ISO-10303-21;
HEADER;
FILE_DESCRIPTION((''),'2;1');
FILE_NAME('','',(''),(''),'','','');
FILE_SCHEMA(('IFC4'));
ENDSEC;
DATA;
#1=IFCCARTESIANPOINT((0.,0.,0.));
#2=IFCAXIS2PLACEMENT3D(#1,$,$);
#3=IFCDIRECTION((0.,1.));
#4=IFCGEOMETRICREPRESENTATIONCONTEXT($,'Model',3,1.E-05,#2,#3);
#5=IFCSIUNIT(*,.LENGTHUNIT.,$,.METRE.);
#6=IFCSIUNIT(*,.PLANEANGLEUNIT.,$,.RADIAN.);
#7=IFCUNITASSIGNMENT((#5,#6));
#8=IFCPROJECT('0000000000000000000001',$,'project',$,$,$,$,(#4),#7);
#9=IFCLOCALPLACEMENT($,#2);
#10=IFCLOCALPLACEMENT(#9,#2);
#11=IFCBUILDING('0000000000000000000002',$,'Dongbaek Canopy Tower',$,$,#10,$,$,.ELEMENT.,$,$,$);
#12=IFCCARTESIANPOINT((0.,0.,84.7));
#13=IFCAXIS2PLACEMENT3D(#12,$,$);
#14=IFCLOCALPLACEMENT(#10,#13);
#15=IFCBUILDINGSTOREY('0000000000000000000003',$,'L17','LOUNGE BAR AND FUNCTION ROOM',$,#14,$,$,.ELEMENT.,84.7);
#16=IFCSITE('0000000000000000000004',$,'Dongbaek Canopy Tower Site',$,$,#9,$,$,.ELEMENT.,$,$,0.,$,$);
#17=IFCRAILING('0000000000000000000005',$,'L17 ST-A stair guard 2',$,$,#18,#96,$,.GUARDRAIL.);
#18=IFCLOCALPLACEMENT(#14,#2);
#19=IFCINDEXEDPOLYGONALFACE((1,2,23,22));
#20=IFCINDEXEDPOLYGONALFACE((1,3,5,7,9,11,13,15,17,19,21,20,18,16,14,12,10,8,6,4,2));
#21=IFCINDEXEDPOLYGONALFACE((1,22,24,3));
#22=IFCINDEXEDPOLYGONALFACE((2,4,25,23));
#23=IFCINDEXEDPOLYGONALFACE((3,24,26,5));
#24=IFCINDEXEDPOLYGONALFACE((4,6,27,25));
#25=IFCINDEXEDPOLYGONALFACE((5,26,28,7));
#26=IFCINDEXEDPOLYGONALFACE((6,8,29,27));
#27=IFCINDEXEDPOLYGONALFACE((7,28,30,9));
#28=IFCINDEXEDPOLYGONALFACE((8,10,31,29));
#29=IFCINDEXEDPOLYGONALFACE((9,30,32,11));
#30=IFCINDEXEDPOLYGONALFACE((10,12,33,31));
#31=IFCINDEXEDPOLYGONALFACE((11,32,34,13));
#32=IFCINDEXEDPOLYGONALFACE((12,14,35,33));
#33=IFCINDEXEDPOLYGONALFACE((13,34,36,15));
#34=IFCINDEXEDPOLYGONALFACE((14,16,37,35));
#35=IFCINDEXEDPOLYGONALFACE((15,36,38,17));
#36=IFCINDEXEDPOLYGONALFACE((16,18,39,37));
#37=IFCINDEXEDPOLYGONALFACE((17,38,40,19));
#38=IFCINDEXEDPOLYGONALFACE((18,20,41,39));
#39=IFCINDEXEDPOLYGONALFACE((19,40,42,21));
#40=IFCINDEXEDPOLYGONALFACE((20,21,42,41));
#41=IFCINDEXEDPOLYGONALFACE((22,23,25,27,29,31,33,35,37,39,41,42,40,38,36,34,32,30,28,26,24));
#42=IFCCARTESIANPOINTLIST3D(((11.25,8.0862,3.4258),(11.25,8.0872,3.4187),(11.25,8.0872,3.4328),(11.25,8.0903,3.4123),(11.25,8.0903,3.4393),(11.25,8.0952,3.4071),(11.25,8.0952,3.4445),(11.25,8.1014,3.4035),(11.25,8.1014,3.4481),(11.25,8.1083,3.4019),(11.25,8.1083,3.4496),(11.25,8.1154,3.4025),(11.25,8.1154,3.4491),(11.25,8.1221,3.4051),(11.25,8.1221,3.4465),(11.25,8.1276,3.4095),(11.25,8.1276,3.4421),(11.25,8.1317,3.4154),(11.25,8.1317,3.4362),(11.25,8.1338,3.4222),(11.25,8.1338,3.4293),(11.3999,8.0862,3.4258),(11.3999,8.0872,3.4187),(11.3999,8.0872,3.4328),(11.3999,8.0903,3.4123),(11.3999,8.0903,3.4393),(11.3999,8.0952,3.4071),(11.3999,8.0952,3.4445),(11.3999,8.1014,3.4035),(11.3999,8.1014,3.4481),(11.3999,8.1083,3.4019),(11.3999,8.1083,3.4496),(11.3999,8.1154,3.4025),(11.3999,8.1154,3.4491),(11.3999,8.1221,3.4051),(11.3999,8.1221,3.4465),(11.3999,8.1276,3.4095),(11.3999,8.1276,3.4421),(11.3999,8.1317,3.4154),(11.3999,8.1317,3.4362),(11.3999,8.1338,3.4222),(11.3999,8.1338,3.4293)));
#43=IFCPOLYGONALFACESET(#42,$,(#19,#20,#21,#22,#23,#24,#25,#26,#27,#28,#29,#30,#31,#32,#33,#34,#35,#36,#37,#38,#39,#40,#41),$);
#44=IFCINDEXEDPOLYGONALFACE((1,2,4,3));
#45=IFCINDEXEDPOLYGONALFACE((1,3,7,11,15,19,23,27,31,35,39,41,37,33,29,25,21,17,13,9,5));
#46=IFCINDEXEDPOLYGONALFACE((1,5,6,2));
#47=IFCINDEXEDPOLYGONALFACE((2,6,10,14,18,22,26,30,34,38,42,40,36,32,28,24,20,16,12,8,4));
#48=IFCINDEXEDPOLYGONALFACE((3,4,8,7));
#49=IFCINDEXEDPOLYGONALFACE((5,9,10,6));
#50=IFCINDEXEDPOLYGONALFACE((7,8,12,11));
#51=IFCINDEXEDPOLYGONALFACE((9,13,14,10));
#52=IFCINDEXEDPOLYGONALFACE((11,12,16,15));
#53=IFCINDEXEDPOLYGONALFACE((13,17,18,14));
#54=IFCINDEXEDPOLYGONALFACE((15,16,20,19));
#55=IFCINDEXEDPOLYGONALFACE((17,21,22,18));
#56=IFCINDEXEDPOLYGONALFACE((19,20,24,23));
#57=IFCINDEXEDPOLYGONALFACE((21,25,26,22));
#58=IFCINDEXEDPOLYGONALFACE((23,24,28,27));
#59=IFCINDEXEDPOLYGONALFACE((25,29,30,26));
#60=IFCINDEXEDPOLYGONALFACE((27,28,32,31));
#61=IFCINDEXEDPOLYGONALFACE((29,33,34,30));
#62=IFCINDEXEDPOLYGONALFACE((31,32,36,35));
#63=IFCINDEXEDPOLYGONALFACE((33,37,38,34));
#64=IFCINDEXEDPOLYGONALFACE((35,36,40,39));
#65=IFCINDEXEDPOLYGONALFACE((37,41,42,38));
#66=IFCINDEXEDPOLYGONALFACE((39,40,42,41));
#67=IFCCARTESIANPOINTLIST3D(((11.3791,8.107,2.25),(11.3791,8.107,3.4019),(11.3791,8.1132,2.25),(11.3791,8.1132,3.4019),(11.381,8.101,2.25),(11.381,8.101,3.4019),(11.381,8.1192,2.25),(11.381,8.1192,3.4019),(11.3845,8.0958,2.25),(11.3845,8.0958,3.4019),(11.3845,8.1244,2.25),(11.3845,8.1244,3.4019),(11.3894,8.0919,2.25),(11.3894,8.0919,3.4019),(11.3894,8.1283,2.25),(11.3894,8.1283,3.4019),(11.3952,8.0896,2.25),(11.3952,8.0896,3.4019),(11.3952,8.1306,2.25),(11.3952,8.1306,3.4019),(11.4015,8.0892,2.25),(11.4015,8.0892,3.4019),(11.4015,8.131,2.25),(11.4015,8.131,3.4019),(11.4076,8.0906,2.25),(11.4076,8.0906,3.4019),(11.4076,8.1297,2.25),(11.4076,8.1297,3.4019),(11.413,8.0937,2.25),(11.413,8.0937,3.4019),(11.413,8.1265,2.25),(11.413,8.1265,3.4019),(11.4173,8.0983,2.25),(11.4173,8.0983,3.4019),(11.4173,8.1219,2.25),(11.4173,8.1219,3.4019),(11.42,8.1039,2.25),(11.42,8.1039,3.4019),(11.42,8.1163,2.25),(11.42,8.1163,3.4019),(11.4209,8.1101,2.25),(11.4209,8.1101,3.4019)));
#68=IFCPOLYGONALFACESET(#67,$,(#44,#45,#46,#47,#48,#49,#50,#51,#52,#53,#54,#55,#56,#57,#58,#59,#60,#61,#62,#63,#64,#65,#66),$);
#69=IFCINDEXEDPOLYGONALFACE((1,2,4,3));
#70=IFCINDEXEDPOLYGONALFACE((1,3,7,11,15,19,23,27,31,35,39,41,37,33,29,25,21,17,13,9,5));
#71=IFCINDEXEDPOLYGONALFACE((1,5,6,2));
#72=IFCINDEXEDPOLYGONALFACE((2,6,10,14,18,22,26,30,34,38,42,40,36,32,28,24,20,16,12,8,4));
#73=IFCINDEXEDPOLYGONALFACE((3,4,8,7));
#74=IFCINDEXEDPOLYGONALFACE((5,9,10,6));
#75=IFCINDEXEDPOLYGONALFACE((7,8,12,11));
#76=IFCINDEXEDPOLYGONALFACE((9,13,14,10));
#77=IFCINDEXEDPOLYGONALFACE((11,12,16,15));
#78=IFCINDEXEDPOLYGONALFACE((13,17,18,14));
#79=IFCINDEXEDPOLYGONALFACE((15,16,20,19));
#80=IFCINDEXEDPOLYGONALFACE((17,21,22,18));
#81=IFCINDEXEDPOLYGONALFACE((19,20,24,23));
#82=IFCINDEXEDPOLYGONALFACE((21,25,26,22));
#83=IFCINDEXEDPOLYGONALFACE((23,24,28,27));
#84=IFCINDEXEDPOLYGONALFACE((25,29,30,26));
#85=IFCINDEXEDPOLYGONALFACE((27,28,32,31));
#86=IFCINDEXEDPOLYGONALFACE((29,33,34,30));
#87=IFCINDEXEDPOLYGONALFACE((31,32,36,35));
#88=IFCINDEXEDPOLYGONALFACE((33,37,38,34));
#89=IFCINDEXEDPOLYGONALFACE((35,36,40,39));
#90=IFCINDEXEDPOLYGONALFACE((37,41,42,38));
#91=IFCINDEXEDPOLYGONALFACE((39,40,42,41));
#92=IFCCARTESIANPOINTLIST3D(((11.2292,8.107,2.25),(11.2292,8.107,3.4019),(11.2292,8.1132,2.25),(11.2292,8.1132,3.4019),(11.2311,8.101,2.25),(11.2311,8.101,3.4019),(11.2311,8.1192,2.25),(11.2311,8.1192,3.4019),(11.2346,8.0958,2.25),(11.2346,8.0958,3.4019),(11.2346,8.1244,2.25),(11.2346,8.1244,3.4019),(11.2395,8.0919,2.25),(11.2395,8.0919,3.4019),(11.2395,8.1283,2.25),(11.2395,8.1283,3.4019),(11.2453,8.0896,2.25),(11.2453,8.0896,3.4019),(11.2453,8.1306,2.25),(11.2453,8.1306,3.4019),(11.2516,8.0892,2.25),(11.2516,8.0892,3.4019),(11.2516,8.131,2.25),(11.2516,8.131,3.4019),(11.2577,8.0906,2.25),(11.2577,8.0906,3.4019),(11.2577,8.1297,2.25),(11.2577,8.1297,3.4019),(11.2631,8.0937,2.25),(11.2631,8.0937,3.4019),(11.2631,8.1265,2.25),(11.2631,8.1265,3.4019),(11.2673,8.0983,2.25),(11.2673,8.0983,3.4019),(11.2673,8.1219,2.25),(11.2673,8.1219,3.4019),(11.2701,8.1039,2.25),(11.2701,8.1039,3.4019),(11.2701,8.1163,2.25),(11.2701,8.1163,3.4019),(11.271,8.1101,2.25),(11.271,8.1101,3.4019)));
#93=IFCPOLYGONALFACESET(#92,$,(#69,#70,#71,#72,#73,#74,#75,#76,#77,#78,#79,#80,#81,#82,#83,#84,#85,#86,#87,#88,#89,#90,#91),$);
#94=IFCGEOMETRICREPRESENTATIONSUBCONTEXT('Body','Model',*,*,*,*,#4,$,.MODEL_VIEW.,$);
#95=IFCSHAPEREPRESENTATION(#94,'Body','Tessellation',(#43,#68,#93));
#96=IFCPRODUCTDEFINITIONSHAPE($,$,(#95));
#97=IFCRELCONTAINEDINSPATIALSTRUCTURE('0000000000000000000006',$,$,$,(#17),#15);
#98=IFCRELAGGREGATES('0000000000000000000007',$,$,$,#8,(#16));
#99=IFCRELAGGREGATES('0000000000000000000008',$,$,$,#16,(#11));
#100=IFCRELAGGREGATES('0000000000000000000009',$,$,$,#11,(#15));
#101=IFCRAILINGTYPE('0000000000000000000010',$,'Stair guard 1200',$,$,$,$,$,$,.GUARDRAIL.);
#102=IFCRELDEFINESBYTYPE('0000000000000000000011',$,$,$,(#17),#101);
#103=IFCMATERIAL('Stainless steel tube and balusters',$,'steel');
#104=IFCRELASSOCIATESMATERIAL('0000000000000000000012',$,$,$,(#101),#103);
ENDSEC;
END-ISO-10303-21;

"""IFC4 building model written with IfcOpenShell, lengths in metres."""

from ifc_helpers import new_model, si_unit, direction, frame, origin, origin_2d, place, context, subcontext, project, spatial, circle, extrude, material, type_object, element, save


model = new_model("IFC4")

# Units and contexts
model_context = context("Model", 3, precision=1e-05, world=origin(), true_north=direction((0.0, 1.0)))
body_context = subcontext(model_context, "Body", "Model", "MODEL_VIEW")
ifc_project = project(units=[si_unit("LENGTHUNIT", "METRE"), si_unit("PLANEANGLEUNIT", "RADIAN")], contexts=[model_context])

# Site, building, storey
site_placement = place(None, origin())
site = spatial("IfcSite", under=ifc_project, at=site_placement, Name="Dongbaek Canopy Tower Site", CompositionType="ELEMENT", RefElevation=0.0)
building_placement = place(site_placement, origin())
building = spatial("IfcBuilding", under=site, at=building_placement, Name="Dongbaek Canopy Tower", CompositionType="ELEMENT")
storey_placement = place(building_placement, frame((0.0, 0.0, 84.7)))
storey = spatial("IfcBuildingStorey", under=building, at=storey_placement, Name="L17", Description="LOUNGE BAR AND FUNCTION ROOM", CompositionType="ELEMENT", Elevation=84.7)

# Railing
ifc_material_1 = material(Name="Stainless steel tube and balusters", Category="steel")
railing_type_1 = type_object("IfcRailingType", Name="Stair guard 1200", PredefinedType="GUARDRAIL", material=ifc_material_1)
railing_1_placement = place(storey_placement, frame((11.3999, 8.1101, 2.25)))
element("IfcRailing", 1, at=railing_1_placement, inside=storey, type_object=railing_type_1, Name="L17 ST-A stair guard 2", PredefinedType="GUARDRAIL", context=body_context, shape_type="SweptSolid", body=[
    extrude(circle(Radius=0.0239, at=origin_2d()), frame((0.0, 0.0, 1.1758), z_axis=(-1.0, 0.0, 0.0), x_axis=(0.0, -1.0, 0.0)), (0.0, 0.0, 1.0), 0.1499),
    extrude(circle(Radius=0.021, at=origin_2d()), origin(), (0.0, 0.0, 1.0), 1.1519),
    extrude(circle(Radius=0.021, at=origin_2d()), frame((-0.1499, 0.0, 0.0)), (0.0, 0.0, 1.0), 1.1519),
])

save(model, "model.ifc")
